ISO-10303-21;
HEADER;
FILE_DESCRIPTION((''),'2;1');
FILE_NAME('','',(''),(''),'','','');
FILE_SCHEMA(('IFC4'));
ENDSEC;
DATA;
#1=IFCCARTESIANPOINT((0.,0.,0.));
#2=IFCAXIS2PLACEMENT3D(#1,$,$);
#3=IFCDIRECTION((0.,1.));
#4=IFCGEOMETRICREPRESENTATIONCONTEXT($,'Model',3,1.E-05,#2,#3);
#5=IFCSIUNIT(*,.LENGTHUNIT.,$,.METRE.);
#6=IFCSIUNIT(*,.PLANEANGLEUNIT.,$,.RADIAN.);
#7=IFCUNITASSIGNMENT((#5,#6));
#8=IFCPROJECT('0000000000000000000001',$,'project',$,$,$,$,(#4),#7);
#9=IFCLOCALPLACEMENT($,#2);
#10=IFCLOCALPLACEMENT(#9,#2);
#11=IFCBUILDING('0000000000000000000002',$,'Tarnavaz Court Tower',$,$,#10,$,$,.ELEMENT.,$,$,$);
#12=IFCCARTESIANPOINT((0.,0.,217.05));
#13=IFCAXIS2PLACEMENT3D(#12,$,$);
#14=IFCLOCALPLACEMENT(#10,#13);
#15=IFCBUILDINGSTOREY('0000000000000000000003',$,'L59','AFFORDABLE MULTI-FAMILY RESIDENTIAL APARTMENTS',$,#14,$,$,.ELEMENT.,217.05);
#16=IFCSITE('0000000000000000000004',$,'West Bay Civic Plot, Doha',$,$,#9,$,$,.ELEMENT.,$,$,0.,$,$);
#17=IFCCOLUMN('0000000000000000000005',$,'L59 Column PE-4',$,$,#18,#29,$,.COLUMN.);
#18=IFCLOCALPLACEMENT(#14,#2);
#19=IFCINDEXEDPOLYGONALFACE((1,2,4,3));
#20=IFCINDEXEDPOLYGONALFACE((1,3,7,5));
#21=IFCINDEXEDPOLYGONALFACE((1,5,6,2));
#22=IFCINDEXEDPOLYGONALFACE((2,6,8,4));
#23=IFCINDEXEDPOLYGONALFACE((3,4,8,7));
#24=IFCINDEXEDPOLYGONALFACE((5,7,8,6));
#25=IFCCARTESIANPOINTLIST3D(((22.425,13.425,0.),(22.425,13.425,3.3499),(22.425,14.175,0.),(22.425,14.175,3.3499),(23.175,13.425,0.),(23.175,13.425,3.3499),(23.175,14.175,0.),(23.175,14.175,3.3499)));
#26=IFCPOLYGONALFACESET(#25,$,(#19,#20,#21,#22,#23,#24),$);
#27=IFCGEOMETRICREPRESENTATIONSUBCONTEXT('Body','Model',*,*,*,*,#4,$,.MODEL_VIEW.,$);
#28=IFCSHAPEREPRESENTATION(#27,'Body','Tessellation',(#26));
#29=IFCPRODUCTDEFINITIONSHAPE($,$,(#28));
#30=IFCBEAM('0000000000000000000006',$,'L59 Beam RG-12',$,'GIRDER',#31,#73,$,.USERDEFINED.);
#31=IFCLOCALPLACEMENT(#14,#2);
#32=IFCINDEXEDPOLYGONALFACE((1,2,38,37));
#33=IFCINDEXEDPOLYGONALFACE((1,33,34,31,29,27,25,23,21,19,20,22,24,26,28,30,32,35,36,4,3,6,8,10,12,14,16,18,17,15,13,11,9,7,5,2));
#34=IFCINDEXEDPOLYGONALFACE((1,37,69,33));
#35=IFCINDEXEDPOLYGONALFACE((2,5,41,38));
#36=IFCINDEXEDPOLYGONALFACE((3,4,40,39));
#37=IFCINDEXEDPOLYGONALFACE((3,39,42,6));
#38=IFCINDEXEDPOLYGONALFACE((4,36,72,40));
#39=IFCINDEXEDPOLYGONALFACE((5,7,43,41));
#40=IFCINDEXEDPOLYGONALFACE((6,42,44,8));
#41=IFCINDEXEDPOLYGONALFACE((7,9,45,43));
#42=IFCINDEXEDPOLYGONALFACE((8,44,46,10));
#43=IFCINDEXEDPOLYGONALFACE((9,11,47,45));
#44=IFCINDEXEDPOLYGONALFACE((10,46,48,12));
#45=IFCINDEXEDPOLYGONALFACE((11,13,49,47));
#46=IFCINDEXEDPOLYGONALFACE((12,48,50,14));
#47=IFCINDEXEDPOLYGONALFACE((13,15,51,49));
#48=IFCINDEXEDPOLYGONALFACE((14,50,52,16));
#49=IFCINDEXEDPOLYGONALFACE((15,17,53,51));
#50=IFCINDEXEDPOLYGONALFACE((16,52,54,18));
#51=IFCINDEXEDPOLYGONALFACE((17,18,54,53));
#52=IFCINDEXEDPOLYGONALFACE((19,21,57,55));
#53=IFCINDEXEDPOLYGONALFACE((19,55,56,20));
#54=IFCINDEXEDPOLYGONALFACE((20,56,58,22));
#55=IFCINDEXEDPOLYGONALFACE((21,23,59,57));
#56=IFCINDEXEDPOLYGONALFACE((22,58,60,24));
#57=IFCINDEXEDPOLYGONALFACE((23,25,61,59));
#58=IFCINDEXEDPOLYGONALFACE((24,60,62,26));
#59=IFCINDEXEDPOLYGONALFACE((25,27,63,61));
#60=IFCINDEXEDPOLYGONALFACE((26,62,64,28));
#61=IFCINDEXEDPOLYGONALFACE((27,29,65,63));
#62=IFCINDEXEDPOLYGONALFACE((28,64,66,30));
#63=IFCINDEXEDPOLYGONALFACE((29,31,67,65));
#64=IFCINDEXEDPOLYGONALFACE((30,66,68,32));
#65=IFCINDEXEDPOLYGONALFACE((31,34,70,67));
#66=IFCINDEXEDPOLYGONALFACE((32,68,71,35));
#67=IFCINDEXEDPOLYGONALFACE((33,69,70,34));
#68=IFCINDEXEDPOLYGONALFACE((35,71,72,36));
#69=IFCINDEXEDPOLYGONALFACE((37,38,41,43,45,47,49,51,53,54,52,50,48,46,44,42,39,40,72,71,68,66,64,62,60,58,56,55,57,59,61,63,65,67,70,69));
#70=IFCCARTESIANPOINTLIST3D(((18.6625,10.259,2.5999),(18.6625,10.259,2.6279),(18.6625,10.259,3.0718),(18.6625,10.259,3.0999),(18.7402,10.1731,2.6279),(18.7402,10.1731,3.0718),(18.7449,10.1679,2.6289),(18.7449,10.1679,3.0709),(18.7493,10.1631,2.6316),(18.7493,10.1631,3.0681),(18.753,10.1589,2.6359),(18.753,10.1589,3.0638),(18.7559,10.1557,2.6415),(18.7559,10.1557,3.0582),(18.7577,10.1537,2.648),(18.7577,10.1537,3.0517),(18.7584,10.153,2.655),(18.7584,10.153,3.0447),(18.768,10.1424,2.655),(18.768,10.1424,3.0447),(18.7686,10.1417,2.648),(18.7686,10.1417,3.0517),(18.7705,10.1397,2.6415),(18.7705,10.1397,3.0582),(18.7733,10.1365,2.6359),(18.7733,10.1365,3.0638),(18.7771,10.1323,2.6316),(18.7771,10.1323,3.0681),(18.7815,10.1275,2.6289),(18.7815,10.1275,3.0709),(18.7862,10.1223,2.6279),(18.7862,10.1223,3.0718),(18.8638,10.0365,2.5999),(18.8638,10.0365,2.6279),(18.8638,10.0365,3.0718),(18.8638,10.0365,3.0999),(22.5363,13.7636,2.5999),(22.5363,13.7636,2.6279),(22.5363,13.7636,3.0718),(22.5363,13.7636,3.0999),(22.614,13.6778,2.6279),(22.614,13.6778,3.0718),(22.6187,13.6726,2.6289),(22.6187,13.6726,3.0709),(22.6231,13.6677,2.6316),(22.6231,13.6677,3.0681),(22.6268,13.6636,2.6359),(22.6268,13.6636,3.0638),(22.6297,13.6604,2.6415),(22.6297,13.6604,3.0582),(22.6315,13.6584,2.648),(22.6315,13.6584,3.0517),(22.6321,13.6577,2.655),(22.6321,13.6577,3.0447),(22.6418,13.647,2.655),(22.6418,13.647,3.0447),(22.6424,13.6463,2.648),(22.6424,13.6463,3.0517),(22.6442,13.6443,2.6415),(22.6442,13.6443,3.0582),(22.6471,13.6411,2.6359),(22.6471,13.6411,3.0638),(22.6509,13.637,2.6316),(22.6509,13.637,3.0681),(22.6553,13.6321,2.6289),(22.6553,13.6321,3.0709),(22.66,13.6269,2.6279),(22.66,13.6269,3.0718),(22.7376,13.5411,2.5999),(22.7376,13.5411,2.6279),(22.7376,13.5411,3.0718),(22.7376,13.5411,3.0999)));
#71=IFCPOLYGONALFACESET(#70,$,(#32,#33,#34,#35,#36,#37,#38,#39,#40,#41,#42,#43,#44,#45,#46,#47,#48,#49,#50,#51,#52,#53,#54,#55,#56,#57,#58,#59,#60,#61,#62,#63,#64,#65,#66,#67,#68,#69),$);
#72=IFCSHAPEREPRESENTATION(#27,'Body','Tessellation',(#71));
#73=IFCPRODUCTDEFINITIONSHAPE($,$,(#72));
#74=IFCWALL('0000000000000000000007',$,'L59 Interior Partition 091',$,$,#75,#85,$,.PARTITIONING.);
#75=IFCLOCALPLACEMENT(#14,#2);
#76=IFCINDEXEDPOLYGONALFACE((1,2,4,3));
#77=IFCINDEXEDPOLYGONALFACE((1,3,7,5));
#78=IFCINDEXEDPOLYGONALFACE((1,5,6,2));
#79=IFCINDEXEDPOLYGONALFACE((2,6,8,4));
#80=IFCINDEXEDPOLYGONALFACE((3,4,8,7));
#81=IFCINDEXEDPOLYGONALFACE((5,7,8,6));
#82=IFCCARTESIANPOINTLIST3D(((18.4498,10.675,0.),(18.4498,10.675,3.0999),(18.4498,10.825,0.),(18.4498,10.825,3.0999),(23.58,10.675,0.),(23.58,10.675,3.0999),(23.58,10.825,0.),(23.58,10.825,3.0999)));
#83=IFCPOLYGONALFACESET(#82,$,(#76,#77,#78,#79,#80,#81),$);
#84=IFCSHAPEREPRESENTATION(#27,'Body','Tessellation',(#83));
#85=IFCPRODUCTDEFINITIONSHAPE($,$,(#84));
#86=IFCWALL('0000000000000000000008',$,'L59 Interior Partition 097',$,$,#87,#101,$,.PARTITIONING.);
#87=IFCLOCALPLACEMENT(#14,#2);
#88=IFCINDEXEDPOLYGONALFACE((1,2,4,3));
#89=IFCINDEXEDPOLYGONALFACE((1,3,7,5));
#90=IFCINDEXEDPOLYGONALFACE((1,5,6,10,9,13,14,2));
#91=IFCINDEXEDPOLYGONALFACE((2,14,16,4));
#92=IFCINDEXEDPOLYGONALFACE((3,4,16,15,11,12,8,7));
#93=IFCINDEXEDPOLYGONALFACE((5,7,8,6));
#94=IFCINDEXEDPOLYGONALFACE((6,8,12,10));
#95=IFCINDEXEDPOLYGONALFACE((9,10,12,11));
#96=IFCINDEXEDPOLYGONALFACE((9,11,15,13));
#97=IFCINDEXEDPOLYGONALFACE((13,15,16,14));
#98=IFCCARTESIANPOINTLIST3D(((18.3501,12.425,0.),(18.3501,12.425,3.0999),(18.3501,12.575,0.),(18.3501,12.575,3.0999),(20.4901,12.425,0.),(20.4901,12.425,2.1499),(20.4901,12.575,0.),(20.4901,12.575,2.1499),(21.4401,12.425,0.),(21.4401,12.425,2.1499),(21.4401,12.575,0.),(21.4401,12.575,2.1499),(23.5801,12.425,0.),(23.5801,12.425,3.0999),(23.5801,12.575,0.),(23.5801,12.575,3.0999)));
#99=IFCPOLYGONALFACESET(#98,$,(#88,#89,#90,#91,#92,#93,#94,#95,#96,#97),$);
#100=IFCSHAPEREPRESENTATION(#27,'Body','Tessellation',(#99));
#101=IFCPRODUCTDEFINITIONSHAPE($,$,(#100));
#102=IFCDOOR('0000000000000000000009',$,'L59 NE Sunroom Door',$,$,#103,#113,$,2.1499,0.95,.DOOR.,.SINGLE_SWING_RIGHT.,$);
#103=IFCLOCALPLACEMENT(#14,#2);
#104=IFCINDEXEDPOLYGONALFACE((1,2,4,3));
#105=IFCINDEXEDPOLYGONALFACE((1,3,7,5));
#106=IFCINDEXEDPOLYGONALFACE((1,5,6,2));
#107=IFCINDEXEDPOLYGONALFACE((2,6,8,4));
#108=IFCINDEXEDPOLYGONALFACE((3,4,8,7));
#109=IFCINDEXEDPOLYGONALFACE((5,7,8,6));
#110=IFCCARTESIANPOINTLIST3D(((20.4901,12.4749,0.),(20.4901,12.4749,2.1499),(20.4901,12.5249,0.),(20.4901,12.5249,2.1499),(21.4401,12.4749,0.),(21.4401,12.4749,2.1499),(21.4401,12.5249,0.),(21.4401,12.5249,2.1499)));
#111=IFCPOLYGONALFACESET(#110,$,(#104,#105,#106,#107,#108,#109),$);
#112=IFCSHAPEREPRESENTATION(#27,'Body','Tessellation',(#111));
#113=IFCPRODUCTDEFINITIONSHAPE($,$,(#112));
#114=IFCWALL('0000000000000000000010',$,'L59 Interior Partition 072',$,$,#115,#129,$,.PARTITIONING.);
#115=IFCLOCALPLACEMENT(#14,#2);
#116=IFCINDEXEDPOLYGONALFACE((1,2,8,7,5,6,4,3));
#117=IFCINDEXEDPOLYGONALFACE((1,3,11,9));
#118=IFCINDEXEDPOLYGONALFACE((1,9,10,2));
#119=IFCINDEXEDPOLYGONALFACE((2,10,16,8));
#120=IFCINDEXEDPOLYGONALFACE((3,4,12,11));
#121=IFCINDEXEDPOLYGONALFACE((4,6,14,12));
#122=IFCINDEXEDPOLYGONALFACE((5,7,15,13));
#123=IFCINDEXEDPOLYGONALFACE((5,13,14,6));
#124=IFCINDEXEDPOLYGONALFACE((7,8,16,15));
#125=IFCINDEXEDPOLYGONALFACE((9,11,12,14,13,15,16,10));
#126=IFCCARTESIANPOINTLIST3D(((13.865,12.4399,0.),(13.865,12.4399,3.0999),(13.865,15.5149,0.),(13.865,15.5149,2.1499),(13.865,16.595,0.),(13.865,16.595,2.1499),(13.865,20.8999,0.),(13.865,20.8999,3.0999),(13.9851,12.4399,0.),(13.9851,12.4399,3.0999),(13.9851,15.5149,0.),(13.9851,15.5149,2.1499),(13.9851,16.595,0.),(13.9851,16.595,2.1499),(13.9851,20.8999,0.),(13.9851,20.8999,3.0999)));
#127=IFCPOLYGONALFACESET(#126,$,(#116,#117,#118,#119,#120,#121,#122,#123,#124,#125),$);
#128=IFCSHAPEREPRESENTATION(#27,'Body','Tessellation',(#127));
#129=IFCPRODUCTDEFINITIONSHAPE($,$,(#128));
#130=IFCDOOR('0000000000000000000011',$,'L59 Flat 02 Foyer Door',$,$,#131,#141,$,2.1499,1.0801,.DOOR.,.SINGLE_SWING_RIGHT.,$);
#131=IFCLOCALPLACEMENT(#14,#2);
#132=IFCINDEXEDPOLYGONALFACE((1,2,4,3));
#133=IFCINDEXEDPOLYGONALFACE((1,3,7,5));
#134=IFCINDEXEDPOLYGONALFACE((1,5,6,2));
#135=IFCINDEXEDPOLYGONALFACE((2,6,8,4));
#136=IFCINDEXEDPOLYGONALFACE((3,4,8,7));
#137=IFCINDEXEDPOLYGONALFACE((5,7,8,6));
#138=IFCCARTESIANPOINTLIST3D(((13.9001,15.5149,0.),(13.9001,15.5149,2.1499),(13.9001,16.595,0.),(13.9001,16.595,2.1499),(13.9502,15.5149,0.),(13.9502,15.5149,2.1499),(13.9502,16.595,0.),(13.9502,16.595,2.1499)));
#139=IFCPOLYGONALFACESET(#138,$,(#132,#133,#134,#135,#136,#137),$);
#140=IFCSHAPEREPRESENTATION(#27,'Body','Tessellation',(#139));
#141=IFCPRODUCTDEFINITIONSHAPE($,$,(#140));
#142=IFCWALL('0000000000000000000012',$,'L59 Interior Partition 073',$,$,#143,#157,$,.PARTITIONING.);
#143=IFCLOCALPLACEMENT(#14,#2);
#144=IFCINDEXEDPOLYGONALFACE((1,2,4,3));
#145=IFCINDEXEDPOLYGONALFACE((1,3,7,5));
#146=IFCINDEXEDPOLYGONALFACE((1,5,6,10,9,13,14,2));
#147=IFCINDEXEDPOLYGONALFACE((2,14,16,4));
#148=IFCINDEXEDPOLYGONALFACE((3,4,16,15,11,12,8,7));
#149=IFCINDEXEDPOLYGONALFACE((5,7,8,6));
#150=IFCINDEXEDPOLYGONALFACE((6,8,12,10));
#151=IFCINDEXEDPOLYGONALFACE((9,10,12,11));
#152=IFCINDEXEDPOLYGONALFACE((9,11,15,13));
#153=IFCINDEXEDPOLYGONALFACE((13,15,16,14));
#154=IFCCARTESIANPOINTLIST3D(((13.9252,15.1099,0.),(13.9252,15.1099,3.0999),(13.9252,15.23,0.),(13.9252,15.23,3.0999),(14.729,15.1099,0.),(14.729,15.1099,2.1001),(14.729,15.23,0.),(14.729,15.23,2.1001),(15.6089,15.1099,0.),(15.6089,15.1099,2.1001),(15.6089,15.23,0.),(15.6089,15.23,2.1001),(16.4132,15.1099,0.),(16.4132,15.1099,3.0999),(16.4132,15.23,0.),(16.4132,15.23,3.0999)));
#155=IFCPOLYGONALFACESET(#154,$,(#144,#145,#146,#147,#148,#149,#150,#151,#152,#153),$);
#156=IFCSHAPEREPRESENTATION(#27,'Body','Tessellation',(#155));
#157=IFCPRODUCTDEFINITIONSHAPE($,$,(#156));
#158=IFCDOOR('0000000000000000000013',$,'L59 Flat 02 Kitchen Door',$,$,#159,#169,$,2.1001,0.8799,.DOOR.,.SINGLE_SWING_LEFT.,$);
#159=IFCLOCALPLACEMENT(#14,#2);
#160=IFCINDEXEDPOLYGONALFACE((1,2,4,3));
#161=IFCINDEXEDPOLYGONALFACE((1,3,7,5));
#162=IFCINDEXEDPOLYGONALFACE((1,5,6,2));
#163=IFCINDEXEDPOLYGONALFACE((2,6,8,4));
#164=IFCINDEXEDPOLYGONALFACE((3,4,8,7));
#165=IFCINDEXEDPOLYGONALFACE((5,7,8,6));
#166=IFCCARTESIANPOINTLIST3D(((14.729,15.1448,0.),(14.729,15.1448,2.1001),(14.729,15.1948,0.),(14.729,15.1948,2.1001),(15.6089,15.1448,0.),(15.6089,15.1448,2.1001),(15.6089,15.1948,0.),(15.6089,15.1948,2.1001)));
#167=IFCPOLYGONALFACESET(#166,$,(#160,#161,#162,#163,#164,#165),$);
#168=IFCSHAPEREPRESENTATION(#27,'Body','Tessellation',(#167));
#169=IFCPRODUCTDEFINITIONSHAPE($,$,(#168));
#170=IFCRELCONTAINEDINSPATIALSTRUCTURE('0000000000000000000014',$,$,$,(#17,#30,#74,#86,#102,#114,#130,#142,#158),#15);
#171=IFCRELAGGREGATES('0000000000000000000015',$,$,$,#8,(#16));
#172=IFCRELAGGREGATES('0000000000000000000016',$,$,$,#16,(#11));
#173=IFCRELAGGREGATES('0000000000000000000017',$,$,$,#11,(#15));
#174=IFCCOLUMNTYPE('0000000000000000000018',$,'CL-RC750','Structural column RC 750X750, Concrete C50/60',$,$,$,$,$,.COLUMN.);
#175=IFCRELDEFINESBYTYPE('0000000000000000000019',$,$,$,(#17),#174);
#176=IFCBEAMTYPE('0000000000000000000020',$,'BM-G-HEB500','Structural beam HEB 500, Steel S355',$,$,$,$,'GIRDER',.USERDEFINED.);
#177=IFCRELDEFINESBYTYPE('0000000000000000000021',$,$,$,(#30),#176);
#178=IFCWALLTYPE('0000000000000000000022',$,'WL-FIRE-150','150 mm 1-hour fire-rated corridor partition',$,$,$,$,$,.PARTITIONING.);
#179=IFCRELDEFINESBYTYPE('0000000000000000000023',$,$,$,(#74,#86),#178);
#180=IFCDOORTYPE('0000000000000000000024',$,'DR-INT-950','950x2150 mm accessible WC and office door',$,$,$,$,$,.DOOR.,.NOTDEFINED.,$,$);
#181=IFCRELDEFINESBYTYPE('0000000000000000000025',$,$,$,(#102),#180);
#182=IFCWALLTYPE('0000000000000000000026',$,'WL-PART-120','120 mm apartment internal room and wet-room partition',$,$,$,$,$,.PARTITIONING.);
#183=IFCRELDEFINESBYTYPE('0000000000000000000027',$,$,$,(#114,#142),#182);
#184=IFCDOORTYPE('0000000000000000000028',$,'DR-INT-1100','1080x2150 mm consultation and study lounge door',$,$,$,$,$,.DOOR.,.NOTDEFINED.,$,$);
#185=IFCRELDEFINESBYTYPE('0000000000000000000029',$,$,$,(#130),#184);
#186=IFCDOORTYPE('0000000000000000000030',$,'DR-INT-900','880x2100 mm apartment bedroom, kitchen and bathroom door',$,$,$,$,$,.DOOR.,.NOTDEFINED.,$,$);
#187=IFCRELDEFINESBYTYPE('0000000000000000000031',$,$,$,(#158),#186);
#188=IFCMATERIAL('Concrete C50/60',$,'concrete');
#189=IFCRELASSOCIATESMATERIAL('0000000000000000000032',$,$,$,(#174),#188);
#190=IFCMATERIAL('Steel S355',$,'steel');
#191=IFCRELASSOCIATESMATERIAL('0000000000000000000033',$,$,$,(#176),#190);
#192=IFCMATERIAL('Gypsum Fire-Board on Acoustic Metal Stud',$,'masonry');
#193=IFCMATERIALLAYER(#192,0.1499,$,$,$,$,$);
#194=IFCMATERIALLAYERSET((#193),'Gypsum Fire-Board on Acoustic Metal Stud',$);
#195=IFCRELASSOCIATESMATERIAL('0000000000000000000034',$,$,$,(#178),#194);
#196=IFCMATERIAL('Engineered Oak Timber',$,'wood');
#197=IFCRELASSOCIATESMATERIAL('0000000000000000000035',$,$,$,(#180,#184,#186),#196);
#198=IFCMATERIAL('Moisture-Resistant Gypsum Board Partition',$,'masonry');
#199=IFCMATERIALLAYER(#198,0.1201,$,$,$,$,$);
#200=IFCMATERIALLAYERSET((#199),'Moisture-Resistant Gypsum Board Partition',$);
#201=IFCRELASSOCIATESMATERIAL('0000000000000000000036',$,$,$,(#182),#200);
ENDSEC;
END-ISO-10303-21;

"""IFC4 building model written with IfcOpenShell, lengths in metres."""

from ifc_helpers import new_model, si_unit, direction, frame, frame_2d, origin, origin_2d, place, context, subcontext, project, spatial, rectangle, i_section, extrude, material, layer, layer_set, material_profile, profile_set, type_object, element, fill, save


model = new_model("IFC4")

# Units and contexts
model_context = context("Model", 3, precision=1e-05, world=origin(), true_north=direction((0.0, 1.0)))
body_context = subcontext(model_context, "Body", "Model", "MODEL_VIEW")
ifc_project = project(units=[si_unit("LENGTHUNIT", "METRE"), si_unit("PLANEANGLEUNIT", "RADIAN")], contexts=[model_context])

# Site, building, storey
site_placement = place(None, origin())
site = spatial("IfcSite", under=ifc_project, at=site_placement, Name="West Bay Civic Plot, Doha", CompositionType="ELEMENT", RefElevation=0.0)
building_placement = place(site_placement, origin())
building = spatial("IfcBuilding", under=site, at=building_placement, Name="Tarnavaz Court Tower", CompositionType="ELEMENT")
storey_placement = place(building_placement, frame((0.0, 0.0, 217.05)))
storey = spatial("IfcBuildingStorey", under=building, at=storey_placement, Name="L59", Description="AFFORDABLE MULTI-FAMILY RESIDENTIAL APARTMENTS", CompositionType="ELEMENT", Elevation=217.05)

# Column
ifc_material_1 = material(Name="Concrete C50/60", Category="concrete")
ifc_material_profile_1 = material_profile(ifc_material_1, rectangle(XDim=0.75, YDim=0.75, at=origin_2d()), Name="RC 750X750")
ifc_profile_set_1 = profile_set([ifc_material_profile_1], Name="Concrete C50/60")
column_type = type_object("IfcColumnType", Name="CL-RC750", Description="Structural column RC 750X750, Concrete C50/60", PredefinedType="COLUMN", material=ifc_profile_set_1)
column_placement = place(storey_placement, frame((22.8, 13.8, 0.0), z_axis=(0.0, 0.0, 1.0), x_axis=(1.0, 0.0, 0.0)))
element("IfcColumn", 1, at=column_placement, inside=storey, type_object=column_type, Name="L59 Column PE-4", PredefinedType="COLUMN", context=body_context, shape_type="SweptSolid", body=[
    extrude(rectangle(XDim=0.75, YDim=0.75, at=origin_2d()), origin(), (0.0, 0.0, 1.0), 3.3499),
])

# Beam
ifc_material_2 = material(Name="Steel S355", Category="steel")
ifc_material_profile_2 = material_profile(ifc_material_2, i_section(OverallWidth=0.3, OverallDepth=0.5, WebThickness=0.0144, FlangeThickness=0.0281, FilletRadius=0.0271, at=origin_2d()), Name="HEB 500")
ifc_profile_set_2 = profile_set([ifc_material_profile_2], Name="Steel S355")
beam_type = type_object("IfcBeamType", Name="BM-G-HEB500", Description="Structural beam HEB 500, Steel S355", ElementType="GIRDER", PredefinedType="USERDEFINED", material=ifc_profile_set_2)
beam_placement = place(storey_placement, frame((18.7632, 10.1477, 2.8499), z_axis=(0.741556, 0.670891, 0.0), x_axis=(-0.670891, 0.741556, 0.0)))
element("IfcBeam", 2, at=beam_placement, inside=storey, type_object=beam_type, Name="L59 Beam RG-12", ObjectType="GIRDER", PredefinedType="USERDEFINED", context=body_context, shape_type="SweptSolid", body=[
    extrude(i_section(OverallWidth=0.3, OverallDepth=0.5, WebThickness=0.0144, FlangeThickness=0.0281, FilletRadius=0.0271, at=origin_2d()), origin(), (0.0, 0.0, 1.0), 5.2239),
])

# Wall
ifc_material_3 = material(Name="Gypsum Fire-Board on Acoustic Metal Stud", Category="masonry")
ifc_layer_1 = layer(ifc_material_3, 0.1499)
ifc_layer_set_1 = layer_set([ifc_layer_1], Name="Gypsum Fire-Board on Acoustic Metal Stud")
wall_type_1 = type_object("IfcWallType", Name="WL-FIRE-150", Description="150 mm 1-hour fire-rated corridor partition", PredefinedType="PARTITIONING", material=ifc_layer_set_1)
wall_1_placement = place(storey_placement, frame((18.45, 10.75, 0.0), z_axis=(0.0, 0.0, 1.0), x_axis=(1.0, 0.0, 0.0)))
element("IfcWall", 3, at=wall_1_placement, inside=storey, type_object=wall_type_1, Name="L59 Interior Partition 091", PredefinedType="PARTITIONING", context=body_context, shape_type="SweptSolid", body=[
    extrude(rectangle(XDim=5.1301, YDim=0.1499, at=frame_2d((2.5649, 0.0))), origin(), (0.0, 0.0, 1.0), 3.0999),
])

# Walls, openings, doors
wall_2_placement = place(storey_placement, frame((18.3501, 12.5, 0.0), z_axis=(0.0, 0.0, 1.0), x_axis=(1.0, 0.0, 0.0)))
wall_2 = element("IfcWall", 4, at=wall_2_placement, inside=storey, type_object=wall_type_1, Name="L59 Interior Partition 097", PredefinedType="PARTITIONING", context=body_context, shape_type="SweptSolid", body=[
    extrude(rectangle(XDim=5.23, YDim=0.1499, at=frame_2d((2.615, 0.0))), origin(), (0.0, 0.0, 1.0), 3.0999),
])
opening_1_placement = place(wall_2_placement, frame((2.1399, 0.0, 0.0)))
opening_1 = element("IfcOpeningElement", 5, at=opening_1_placement, cuts=wall_2, PredefinedType="OPENING", context=body_context, shape_type="SweptSolid", body=[
    extrude(rectangle(XDim=0.95, YDim=2.1499, at=frame_2d((0.4751, 1.075))), frame((0.0, 0.085, 0.0), z_axis=(0.0, -1.0, 0.0), x_axis=(1.0, 0.0, 0.0)), (0.0, 0.0, 1.0), 0.1699),
])
ifc_material_4 = material(Name="Engineered Oak Timber", Category="wood")
door_type_1 = type_object("IfcDoorType", Name="DR-INT-950", Description="950x2150 mm accessible WC and office door", OperationType="NOTDEFINED", PredefinedType="DOOR", material=ifc_material_4)
door_1_placement = place(opening_1_placement, origin())
door_1 = element("IfcDoor", 6, at=door_1_placement, inside=storey, type_object=door_type_1, Name="L59 NE Sunroom Door", OperationType="SINGLE_SWING_RIGHT", OverallHeight=2.1499, OverallWidth=0.95, PredefinedType="DOOR", context=body_context, shape_type="SweptSolid", body=[
    extrude(rectangle(XDim=0.95, YDim=2.1499, at=frame_2d((0.4751, 1.075))), frame((0.0, 0.0249, 0.0), z_axis=(0.0, -1.0, 0.0), x_axis=(1.0, 0.0, 0.0)), (0.0, 0.0, 1.0), 0.05),
])
fill(opening_1, door_1)
ifc_material_5 = material(Name="Moisture-Resistant Gypsum Board Partition", Category="masonry")
ifc_layer_2 = layer(ifc_material_5, 0.1201)
ifc_layer_set_2 = layer_set([ifc_layer_2], Name="Moisture-Resistant Gypsum Board Partition")
wall_type_2 = type_object("IfcWallType", Name="WL-PART-120", Description="120 mm apartment internal room and wet-room partition", PredefinedType="PARTITIONING", material=ifc_layer_set_2)
wall_3_placement = place(storey_placement, frame((13.925, 12.4399, 0.0), z_axis=(0.0, 0.0, 1.0), x_axis=(0.0, 1.0, 0.0)))
wall_3 = element("IfcWall", 7, at=wall_3_placement, inside=storey, type_object=wall_type_2, Name="L59 Interior Partition 072", PredefinedType="PARTITIONING", context=body_context, shape_type="SweptSolid", body=[
    extrude(rectangle(XDim=8.46, YDim=0.1201, at=frame_2d((4.23, 0.0))), origin(), (0.0, 0.0, 1.0), 3.0999),
])
opening_2_placement = place(wall_3_placement, frame((3.075, 0.0, 0.0)))
opening_2 = element("IfcOpeningElement", 8, at=opening_2_placement, cuts=wall_3, PredefinedType="OPENING", context=body_context, shape_type="SweptSolid", body=[
    extrude(rectangle(XDim=1.0801, YDim=2.1499, at=frame_2d((0.54, 1.075))), frame((0.0, 0.0701, 0.0), z_axis=(0.0, -1.0, 0.0), x_axis=(1.0, 0.0, 0.0)), (0.0, 0.0, 1.0), 0.1401),
])
door_type_2 = type_object("IfcDoorType", Name="DR-INT-1100", Description="1080x2150 mm consultation and study lounge door", OperationType="NOTDEFINED", PredefinedType="DOOR", material=ifc_material_4)
door_2_placement = place(opening_2_placement, origin())
door_2 = element("IfcDoor", 9, at=door_2_placement, inside=storey, type_object=door_type_2, Name="L59 Flat 02 Foyer Door", OperationType="SINGLE_SWING_RIGHT", OverallHeight=2.1499, OverallWidth=1.0801, PredefinedType="DOOR", context=body_context, shape_type="SweptSolid", body=[
    extrude(rectangle(XDim=1.0801, YDim=2.1499, at=frame_2d((0.54, 1.075))), frame((0.0, 0.0249, 0.0), z_axis=(0.0, -1.0, 0.0), x_axis=(1.0, 0.0, 0.0)), (0.0, 0.0, 1.0), 0.05),
])
fill(opening_2, door_2)
wall_4_placement = place(storey_placement, frame((13.925, 15.1699, 0.0), z_axis=(0.0, 0.0, 1.0), x_axis=(1.0, 0.0, 0.0)))
wall_4 = element("IfcWall", 10, at=wall_4_placement, inside=storey, type_object=wall_type_2, Name="L59 Interior Partition 073", PredefinedType="PARTITIONING", context=body_context, shape_type="SweptSolid", body=[
    extrude(rectangle(XDim=2.488, YDim=0.1201, at=frame_2d((1.2441, 0.0))), origin(), (0.0, 0.0, 1.0), 3.0999),
])
opening_3_placement = place(wall_4_placement, frame((0.804, 0.0, 0.0)))
opening_3 = element("IfcOpeningElement", 11, at=opening_3_placement, cuts=wall_4, PredefinedType="OPENING", context=body_context, shape_type="SweptSolid", body=[
    extrude(rectangle(XDim=0.8799, YDim=2.1001, at=frame_2d((0.4399, 1.05))), frame((0.0, 0.0701, 0.0), z_axis=(0.0, -1.0, 0.0), x_axis=(1.0, 0.0, 0.0)), (0.0, 0.0, 1.0), 0.1401),
])
door_type_3 = type_object("IfcDoorType", Name="DR-INT-900", Description="880x2100 mm apartment bedroom, kitchen and bathroom door", OperationType="NOTDEFINED", PredefinedType="DOOR", material=ifc_material_4)
door_3_placement = place(opening_3_placement, origin())
door_3 = element("IfcDoor", 12, at=door_3_placement, inside=storey, type_object=door_type_3, Name="L59 Flat 02 Kitchen Door", OperationType="SINGLE_SWING_LEFT", OverallHeight=2.1001, OverallWidth=0.8799, PredefinedType="DOOR", context=body_context, shape_type="SweptSolid", body=[
    extrude(rectangle(XDim=0.8799, YDim=2.1001, at=frame_2d((0.4399, 1.05))), frame((0.0, 0.0249, 0.0), z_axis=(0.0, -1.0, 0.0), x_axis=(1.0, 0.0, 0.0)), (0.0, 0.0, 1.0), 0.05),
])
fill(opening_3, door_3)

save(model, "model.ifc")
